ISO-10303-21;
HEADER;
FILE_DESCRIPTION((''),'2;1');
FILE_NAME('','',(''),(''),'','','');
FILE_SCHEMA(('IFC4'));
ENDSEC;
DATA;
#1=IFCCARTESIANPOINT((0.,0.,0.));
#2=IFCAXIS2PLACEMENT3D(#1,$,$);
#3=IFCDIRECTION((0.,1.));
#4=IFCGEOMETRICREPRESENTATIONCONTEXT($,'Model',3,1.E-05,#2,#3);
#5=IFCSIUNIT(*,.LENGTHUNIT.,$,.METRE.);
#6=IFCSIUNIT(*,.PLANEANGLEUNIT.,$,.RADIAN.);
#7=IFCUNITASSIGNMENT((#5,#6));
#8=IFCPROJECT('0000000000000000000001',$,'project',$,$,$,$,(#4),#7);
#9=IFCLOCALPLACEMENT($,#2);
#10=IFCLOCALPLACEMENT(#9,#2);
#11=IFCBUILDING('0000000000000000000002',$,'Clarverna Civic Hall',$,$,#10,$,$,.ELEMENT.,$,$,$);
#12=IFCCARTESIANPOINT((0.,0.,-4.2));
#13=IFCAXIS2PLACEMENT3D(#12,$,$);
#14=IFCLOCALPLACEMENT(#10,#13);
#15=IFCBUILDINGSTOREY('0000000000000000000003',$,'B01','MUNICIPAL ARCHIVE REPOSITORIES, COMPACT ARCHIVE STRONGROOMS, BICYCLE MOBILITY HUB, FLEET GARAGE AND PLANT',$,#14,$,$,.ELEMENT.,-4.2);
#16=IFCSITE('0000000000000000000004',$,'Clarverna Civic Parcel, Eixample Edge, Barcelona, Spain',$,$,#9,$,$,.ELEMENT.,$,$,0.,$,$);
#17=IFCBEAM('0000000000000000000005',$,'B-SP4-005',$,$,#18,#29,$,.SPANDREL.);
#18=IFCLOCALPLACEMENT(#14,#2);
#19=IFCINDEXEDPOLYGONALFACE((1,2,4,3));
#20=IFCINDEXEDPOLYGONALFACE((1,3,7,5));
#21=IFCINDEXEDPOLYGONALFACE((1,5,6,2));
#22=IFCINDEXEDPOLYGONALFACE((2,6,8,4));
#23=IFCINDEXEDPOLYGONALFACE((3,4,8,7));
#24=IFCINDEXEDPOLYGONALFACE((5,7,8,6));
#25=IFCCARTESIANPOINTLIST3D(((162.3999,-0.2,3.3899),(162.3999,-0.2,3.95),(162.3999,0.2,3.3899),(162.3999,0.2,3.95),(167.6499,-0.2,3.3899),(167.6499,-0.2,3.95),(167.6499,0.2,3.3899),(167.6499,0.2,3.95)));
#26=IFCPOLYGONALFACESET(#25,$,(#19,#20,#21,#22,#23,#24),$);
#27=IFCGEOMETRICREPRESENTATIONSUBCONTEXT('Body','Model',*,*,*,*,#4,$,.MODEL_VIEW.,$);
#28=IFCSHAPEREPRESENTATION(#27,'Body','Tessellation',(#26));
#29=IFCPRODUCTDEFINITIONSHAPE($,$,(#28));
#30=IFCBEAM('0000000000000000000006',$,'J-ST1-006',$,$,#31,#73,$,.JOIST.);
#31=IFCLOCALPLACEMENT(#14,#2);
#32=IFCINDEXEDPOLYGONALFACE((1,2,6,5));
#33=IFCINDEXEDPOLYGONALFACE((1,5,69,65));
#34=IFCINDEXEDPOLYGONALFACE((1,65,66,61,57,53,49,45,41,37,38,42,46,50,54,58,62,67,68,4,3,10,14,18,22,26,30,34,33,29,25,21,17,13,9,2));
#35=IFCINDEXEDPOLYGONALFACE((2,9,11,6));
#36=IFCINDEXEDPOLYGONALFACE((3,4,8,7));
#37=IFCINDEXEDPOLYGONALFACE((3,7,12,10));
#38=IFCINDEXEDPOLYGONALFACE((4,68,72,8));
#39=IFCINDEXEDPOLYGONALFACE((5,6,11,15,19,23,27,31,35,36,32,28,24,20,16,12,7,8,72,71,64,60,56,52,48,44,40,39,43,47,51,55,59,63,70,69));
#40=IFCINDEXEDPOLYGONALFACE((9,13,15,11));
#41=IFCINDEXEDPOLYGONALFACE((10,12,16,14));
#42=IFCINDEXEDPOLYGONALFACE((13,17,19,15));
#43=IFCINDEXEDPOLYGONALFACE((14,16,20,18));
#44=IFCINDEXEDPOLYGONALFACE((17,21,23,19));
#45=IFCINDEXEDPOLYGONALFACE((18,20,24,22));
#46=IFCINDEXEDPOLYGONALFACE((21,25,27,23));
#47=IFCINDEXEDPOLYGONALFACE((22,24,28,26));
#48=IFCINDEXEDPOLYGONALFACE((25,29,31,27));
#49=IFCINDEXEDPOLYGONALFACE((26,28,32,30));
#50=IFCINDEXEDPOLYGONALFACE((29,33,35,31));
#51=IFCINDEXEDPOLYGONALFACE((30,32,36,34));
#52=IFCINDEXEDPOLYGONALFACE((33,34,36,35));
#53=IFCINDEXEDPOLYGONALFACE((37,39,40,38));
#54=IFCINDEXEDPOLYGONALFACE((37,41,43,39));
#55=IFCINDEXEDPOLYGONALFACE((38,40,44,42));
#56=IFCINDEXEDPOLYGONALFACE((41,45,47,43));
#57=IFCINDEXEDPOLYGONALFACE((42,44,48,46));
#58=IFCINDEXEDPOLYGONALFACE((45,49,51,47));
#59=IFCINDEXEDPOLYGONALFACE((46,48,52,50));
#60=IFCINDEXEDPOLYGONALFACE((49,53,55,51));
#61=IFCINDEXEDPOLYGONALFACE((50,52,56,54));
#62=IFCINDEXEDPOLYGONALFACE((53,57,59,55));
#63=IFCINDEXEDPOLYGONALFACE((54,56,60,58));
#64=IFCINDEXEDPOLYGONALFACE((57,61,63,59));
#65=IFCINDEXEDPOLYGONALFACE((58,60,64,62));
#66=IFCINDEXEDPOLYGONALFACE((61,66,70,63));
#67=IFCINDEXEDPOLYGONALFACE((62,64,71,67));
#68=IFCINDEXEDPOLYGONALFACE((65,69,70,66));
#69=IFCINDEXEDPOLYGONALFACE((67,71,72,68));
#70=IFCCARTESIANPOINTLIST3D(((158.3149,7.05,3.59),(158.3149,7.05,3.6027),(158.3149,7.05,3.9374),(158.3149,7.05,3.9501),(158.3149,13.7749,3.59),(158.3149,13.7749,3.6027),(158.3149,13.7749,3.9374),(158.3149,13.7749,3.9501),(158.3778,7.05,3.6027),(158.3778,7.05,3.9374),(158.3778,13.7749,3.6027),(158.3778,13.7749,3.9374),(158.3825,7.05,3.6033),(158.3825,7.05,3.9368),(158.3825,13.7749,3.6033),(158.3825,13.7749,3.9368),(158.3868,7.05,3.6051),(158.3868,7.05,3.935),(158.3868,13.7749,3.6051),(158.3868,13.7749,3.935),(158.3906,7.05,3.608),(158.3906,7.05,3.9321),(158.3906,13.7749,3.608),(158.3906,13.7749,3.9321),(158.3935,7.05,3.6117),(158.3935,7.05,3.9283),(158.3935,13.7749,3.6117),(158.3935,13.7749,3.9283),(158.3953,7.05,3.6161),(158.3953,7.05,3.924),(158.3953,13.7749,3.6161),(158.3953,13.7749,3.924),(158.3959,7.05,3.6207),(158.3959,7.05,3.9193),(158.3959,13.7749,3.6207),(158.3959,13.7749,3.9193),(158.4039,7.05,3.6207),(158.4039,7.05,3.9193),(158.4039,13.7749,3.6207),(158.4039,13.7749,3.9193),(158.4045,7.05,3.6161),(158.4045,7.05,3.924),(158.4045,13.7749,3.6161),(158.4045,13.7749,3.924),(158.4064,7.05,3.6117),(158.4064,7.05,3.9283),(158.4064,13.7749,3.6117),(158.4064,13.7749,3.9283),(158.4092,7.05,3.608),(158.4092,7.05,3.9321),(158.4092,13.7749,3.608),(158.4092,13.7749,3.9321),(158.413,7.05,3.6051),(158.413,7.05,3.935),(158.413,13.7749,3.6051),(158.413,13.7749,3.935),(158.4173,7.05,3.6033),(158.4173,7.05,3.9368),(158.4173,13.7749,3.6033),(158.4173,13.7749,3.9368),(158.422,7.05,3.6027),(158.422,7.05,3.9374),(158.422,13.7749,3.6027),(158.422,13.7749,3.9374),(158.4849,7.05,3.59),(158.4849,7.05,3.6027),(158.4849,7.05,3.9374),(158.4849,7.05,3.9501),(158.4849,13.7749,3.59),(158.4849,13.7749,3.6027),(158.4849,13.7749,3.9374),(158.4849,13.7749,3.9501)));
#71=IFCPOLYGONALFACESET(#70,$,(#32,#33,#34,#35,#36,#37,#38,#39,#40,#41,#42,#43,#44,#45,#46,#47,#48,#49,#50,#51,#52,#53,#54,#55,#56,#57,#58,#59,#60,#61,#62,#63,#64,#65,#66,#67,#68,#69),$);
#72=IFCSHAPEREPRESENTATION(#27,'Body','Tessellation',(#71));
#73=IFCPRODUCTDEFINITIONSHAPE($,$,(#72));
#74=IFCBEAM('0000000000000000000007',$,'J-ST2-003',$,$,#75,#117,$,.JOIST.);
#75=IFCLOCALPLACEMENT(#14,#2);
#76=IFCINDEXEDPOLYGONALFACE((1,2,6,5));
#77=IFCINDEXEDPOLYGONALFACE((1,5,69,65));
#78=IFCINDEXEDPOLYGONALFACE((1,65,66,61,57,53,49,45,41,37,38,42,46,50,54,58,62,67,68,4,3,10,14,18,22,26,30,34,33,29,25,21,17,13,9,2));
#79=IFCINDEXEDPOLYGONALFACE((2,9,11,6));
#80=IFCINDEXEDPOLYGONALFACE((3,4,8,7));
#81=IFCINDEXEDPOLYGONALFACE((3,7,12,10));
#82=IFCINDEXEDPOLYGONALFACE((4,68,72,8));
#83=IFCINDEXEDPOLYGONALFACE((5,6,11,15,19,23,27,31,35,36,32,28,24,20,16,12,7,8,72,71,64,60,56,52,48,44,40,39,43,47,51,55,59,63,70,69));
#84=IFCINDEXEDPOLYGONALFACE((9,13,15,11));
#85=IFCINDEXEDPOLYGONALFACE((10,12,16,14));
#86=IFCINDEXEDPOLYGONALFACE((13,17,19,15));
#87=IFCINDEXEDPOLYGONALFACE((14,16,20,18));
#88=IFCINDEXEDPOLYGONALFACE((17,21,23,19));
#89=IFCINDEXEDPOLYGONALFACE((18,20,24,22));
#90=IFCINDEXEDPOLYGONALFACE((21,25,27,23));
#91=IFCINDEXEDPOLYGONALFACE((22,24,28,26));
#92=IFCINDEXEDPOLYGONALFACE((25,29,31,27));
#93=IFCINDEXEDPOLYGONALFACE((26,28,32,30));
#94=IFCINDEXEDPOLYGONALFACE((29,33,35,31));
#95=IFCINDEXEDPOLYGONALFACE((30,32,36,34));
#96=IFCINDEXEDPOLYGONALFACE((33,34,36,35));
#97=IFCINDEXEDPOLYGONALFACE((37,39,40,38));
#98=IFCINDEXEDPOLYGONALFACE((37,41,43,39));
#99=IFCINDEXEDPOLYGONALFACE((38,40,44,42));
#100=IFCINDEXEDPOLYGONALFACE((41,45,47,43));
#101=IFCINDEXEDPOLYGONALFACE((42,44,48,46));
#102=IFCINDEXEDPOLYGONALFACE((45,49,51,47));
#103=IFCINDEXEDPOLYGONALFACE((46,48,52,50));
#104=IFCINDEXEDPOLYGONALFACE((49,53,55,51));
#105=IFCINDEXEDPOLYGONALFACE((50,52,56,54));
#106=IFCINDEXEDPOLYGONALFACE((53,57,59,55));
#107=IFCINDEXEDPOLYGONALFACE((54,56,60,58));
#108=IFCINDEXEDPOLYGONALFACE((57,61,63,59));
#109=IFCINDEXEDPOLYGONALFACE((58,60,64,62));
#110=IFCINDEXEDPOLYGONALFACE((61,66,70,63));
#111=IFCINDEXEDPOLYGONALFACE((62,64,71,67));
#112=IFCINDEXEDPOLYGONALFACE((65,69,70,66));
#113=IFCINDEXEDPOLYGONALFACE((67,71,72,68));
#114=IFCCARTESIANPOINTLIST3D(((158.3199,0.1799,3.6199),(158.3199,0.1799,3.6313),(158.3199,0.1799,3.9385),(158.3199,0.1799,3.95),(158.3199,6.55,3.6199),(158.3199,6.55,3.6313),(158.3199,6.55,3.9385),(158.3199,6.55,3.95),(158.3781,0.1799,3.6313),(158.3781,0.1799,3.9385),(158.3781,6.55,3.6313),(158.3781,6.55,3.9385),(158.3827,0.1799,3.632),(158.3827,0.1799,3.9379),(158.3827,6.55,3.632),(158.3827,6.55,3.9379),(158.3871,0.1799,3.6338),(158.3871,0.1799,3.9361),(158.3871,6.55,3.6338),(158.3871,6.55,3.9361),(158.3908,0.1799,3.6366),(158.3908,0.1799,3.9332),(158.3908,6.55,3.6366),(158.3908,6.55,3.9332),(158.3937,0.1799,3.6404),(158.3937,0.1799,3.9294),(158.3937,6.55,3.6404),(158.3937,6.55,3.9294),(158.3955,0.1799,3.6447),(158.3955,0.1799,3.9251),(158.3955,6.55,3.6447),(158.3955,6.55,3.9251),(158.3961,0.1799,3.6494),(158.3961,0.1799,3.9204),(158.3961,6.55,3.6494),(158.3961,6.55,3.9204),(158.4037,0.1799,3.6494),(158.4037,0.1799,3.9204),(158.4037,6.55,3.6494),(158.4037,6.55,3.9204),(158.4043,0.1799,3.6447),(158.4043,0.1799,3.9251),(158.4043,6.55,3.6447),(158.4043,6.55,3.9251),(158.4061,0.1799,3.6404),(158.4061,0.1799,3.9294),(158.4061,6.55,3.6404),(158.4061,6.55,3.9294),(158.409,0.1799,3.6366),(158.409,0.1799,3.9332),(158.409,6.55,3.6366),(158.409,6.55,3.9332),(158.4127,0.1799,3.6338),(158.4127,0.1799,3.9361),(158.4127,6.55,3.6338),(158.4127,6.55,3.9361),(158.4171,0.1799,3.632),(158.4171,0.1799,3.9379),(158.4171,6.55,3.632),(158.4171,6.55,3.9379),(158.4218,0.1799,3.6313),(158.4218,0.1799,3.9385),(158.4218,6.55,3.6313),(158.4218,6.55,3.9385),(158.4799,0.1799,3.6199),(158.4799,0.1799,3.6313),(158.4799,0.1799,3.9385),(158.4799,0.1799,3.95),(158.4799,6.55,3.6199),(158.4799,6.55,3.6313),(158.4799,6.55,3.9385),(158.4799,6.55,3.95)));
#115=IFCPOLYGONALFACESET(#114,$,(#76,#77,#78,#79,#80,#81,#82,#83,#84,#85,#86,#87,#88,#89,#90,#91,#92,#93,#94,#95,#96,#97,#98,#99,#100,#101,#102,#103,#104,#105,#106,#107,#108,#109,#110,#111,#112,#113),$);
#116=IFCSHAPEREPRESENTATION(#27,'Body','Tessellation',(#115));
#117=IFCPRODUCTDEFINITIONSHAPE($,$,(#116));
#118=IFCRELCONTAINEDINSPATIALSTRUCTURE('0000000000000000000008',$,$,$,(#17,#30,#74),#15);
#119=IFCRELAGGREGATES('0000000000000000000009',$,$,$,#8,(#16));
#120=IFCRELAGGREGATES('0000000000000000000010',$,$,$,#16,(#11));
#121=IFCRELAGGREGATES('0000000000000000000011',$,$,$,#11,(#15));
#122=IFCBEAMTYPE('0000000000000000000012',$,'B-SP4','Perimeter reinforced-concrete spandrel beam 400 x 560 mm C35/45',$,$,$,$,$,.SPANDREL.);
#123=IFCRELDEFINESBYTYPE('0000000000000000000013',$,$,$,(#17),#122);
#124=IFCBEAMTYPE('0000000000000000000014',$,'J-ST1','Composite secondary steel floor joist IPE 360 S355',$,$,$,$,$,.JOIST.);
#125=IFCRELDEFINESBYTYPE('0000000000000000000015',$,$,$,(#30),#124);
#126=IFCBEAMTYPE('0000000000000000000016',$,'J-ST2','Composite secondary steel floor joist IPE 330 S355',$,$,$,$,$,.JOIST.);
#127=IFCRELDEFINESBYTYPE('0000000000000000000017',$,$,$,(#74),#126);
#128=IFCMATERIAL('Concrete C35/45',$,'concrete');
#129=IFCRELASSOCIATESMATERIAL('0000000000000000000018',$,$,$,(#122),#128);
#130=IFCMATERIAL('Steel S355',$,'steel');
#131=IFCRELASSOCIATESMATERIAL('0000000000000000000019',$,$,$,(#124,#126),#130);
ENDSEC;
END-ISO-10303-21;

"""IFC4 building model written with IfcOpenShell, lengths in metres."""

from ifc_helpers import new_model, si_unit, direction, frame, origin, origin_2d, place, context, subcontext, project, spatial, rectangle, i_section, extrude, material, material_profile, profile_set, type_object, element, save


model = new_model("IFC4")

# Units and contexts
model_context = context("Model", 3, precision=1e-05, world=origin(), true_north=direction((0.0, 1.0)))
body_context = subcontext(model_context, "Body", "Model", "MODEL_VIEW")
ifc_project = project(units=[si_unit("LENGTHUNIT", "METRE"), si_unit("PLANEANGLEUNIT", "RADIAN")], contexts=[model_context])

# Site, building, storey
site_placement = place(None, origin())
site = spatial("IfcSite", under=ifc_project, at=site_placement, Name="Clarverna Civic Parcel, Eixample Edge, Barcelona, Spain", CompositionType="ELEMENT", RefElevation=0.0)
building_placement = place(site_placement, origin())
building = spatial("IfcBuilding", under=site, at=building_placement, Name="Clarverna Civic Hall", CompositionType="ELEMENT")
storey_placement = place(building_placement, frame((0.0, 0.0, -4.2)))
storey = spatial("IfcBuildingStorey", under=building, at=storey_placement, Name="B01", Description="MUNICIPAL ARCHIVE REPOSITORIES, COMPACT ARCHIVE STRONGROOMS, BICYCLE MOBILITY HUB, FLEET GARAGE AND PLANT", CompositionType="ELEMENT", Elevation=-4.2)

# Beams
ifc_material_1 = material(Name="Concrete C35/45", Category="concrete")
ifc_material_profile_1 = material_profile(ifc_material_1, rectangle(XDim=0.3999, YDim=0.5601, at=origin_2d()), Name="RC 400x560")
ifc_profile_set_1 = profile_set([ifc_material_profile_1], Name="Concrete C35/45")
beam_type_1 = type_object("IfcBeamType", Name="B-SP4", Description="Perimeter reinforced-concrete spandrel beam 400 x 560 mm C35/45", PredefinedType="SPANDREL", material=ifc_profile_set_1)
beam_1_placement = place(storey_placement, frame((162.3999, 0.0, 3.6699), z_axis=(1.0, 0.0, 0.0), x_axis=(0.0, 1.0, 0.0)))
element("IfcBeam", 1, at=beam_1_placement, inside=storey, type_object=beam_type_1, Name="B-SP4-005", PredefinedType="SPANDREL", context=body_context, shape_type="SweptSolid", body=[
    extrude(rectangle(XDim=0.3999, YDim=0.5601, at=origin_2d()), origin(), (0.0, 0.0, 1.0), 5.25),
])
ifc_material_2 = material(Name="Steel S355", Category="steel")
ifc_material_profile_2 = material_profile(ifc_material_2, i_section(OverallWidth=0.1699, OverallDepth=0.3601, WebThickness=0.0081, FlangeThickness=0.0127, FilletRadius=0.0181, at=origin_2d()), Name="IPE 360")
ifc_profile_set_2 = profile_set([ifc_material_profile_2], Name="Steel S355")
beam_type_2 = type_object("IfcBeamType", Name="J-ST1", Description="Composite secondary steel floor joist IPE 360 S355", PredefinedType="JOIST", material=ifc_profile_set_2)
beam_2_placement = place(storey_placement, frame((158.3999, 7.05, 3.77), z_axis=(0.0, 1.0, 0.0), x_axis=(-1.0, 0.0, 0.0)))
element("IfcBeam", 2, at=beam_2_placement, inside=storey, type_object=beam_type_2, Name="J-ST1-006", PredefinedType="JOIST", context=body_context, shape_type="SweptSolid", body=[
    extrude(i_section(OverallWidth=0.1699, OverallDepth=0.3601, WebThickness=0.0081, FlangeThickness=0.0127, FilletRadius=0.0181, at=origin_2d()), origin(), (0.0, 0.0, 1.0), 6.7249),
])
ifc_material_profile_3 = material_profile(ifc_material_2, i_section(OverallWidth=0.1599, OverallDepth=0.3301, WebThickness=0.0076, FlangeThickness=0.0115, FilletRadius=0.0181, at=origin_2d()), Name="IPE 330")
ifc_profile_set_3 = profile_set([ifc_material_profile_3], Name="Steel S355")
beam_type_3 = type_object("IfcBeamType", Name="J-ST2", Description="Composite secondary steel floor joist IPE 330 S355", PredefinedType="JOIST", material=ifc_profile_set_3)
beam_3_placement = place(storey_placement, frame((158.3999, 0.1799, 3.7849), z_axis=(0.0, 1.0, 0.0), x_axis=(-1.0, 0.0, 0.0)))
element("IfcBeam", 3, at=beam_3_placement, inside=storey, type_object=beam_type_3, Name="J-ST2-003", PredefinedType="JOIST", context=body_context, shape_type="SweptSolid", body=[
    extrude(i_section(OverallWidth=0.1599, OverallDepth=0.3301, WebThickness=0.0076, FlangeThickness=0.0115, FilletRadius=0.0181, at=origin_2d()), origin(), (0.0, 0.0, 1.0), 6.3701),
])

save(model, "model.ifc")
